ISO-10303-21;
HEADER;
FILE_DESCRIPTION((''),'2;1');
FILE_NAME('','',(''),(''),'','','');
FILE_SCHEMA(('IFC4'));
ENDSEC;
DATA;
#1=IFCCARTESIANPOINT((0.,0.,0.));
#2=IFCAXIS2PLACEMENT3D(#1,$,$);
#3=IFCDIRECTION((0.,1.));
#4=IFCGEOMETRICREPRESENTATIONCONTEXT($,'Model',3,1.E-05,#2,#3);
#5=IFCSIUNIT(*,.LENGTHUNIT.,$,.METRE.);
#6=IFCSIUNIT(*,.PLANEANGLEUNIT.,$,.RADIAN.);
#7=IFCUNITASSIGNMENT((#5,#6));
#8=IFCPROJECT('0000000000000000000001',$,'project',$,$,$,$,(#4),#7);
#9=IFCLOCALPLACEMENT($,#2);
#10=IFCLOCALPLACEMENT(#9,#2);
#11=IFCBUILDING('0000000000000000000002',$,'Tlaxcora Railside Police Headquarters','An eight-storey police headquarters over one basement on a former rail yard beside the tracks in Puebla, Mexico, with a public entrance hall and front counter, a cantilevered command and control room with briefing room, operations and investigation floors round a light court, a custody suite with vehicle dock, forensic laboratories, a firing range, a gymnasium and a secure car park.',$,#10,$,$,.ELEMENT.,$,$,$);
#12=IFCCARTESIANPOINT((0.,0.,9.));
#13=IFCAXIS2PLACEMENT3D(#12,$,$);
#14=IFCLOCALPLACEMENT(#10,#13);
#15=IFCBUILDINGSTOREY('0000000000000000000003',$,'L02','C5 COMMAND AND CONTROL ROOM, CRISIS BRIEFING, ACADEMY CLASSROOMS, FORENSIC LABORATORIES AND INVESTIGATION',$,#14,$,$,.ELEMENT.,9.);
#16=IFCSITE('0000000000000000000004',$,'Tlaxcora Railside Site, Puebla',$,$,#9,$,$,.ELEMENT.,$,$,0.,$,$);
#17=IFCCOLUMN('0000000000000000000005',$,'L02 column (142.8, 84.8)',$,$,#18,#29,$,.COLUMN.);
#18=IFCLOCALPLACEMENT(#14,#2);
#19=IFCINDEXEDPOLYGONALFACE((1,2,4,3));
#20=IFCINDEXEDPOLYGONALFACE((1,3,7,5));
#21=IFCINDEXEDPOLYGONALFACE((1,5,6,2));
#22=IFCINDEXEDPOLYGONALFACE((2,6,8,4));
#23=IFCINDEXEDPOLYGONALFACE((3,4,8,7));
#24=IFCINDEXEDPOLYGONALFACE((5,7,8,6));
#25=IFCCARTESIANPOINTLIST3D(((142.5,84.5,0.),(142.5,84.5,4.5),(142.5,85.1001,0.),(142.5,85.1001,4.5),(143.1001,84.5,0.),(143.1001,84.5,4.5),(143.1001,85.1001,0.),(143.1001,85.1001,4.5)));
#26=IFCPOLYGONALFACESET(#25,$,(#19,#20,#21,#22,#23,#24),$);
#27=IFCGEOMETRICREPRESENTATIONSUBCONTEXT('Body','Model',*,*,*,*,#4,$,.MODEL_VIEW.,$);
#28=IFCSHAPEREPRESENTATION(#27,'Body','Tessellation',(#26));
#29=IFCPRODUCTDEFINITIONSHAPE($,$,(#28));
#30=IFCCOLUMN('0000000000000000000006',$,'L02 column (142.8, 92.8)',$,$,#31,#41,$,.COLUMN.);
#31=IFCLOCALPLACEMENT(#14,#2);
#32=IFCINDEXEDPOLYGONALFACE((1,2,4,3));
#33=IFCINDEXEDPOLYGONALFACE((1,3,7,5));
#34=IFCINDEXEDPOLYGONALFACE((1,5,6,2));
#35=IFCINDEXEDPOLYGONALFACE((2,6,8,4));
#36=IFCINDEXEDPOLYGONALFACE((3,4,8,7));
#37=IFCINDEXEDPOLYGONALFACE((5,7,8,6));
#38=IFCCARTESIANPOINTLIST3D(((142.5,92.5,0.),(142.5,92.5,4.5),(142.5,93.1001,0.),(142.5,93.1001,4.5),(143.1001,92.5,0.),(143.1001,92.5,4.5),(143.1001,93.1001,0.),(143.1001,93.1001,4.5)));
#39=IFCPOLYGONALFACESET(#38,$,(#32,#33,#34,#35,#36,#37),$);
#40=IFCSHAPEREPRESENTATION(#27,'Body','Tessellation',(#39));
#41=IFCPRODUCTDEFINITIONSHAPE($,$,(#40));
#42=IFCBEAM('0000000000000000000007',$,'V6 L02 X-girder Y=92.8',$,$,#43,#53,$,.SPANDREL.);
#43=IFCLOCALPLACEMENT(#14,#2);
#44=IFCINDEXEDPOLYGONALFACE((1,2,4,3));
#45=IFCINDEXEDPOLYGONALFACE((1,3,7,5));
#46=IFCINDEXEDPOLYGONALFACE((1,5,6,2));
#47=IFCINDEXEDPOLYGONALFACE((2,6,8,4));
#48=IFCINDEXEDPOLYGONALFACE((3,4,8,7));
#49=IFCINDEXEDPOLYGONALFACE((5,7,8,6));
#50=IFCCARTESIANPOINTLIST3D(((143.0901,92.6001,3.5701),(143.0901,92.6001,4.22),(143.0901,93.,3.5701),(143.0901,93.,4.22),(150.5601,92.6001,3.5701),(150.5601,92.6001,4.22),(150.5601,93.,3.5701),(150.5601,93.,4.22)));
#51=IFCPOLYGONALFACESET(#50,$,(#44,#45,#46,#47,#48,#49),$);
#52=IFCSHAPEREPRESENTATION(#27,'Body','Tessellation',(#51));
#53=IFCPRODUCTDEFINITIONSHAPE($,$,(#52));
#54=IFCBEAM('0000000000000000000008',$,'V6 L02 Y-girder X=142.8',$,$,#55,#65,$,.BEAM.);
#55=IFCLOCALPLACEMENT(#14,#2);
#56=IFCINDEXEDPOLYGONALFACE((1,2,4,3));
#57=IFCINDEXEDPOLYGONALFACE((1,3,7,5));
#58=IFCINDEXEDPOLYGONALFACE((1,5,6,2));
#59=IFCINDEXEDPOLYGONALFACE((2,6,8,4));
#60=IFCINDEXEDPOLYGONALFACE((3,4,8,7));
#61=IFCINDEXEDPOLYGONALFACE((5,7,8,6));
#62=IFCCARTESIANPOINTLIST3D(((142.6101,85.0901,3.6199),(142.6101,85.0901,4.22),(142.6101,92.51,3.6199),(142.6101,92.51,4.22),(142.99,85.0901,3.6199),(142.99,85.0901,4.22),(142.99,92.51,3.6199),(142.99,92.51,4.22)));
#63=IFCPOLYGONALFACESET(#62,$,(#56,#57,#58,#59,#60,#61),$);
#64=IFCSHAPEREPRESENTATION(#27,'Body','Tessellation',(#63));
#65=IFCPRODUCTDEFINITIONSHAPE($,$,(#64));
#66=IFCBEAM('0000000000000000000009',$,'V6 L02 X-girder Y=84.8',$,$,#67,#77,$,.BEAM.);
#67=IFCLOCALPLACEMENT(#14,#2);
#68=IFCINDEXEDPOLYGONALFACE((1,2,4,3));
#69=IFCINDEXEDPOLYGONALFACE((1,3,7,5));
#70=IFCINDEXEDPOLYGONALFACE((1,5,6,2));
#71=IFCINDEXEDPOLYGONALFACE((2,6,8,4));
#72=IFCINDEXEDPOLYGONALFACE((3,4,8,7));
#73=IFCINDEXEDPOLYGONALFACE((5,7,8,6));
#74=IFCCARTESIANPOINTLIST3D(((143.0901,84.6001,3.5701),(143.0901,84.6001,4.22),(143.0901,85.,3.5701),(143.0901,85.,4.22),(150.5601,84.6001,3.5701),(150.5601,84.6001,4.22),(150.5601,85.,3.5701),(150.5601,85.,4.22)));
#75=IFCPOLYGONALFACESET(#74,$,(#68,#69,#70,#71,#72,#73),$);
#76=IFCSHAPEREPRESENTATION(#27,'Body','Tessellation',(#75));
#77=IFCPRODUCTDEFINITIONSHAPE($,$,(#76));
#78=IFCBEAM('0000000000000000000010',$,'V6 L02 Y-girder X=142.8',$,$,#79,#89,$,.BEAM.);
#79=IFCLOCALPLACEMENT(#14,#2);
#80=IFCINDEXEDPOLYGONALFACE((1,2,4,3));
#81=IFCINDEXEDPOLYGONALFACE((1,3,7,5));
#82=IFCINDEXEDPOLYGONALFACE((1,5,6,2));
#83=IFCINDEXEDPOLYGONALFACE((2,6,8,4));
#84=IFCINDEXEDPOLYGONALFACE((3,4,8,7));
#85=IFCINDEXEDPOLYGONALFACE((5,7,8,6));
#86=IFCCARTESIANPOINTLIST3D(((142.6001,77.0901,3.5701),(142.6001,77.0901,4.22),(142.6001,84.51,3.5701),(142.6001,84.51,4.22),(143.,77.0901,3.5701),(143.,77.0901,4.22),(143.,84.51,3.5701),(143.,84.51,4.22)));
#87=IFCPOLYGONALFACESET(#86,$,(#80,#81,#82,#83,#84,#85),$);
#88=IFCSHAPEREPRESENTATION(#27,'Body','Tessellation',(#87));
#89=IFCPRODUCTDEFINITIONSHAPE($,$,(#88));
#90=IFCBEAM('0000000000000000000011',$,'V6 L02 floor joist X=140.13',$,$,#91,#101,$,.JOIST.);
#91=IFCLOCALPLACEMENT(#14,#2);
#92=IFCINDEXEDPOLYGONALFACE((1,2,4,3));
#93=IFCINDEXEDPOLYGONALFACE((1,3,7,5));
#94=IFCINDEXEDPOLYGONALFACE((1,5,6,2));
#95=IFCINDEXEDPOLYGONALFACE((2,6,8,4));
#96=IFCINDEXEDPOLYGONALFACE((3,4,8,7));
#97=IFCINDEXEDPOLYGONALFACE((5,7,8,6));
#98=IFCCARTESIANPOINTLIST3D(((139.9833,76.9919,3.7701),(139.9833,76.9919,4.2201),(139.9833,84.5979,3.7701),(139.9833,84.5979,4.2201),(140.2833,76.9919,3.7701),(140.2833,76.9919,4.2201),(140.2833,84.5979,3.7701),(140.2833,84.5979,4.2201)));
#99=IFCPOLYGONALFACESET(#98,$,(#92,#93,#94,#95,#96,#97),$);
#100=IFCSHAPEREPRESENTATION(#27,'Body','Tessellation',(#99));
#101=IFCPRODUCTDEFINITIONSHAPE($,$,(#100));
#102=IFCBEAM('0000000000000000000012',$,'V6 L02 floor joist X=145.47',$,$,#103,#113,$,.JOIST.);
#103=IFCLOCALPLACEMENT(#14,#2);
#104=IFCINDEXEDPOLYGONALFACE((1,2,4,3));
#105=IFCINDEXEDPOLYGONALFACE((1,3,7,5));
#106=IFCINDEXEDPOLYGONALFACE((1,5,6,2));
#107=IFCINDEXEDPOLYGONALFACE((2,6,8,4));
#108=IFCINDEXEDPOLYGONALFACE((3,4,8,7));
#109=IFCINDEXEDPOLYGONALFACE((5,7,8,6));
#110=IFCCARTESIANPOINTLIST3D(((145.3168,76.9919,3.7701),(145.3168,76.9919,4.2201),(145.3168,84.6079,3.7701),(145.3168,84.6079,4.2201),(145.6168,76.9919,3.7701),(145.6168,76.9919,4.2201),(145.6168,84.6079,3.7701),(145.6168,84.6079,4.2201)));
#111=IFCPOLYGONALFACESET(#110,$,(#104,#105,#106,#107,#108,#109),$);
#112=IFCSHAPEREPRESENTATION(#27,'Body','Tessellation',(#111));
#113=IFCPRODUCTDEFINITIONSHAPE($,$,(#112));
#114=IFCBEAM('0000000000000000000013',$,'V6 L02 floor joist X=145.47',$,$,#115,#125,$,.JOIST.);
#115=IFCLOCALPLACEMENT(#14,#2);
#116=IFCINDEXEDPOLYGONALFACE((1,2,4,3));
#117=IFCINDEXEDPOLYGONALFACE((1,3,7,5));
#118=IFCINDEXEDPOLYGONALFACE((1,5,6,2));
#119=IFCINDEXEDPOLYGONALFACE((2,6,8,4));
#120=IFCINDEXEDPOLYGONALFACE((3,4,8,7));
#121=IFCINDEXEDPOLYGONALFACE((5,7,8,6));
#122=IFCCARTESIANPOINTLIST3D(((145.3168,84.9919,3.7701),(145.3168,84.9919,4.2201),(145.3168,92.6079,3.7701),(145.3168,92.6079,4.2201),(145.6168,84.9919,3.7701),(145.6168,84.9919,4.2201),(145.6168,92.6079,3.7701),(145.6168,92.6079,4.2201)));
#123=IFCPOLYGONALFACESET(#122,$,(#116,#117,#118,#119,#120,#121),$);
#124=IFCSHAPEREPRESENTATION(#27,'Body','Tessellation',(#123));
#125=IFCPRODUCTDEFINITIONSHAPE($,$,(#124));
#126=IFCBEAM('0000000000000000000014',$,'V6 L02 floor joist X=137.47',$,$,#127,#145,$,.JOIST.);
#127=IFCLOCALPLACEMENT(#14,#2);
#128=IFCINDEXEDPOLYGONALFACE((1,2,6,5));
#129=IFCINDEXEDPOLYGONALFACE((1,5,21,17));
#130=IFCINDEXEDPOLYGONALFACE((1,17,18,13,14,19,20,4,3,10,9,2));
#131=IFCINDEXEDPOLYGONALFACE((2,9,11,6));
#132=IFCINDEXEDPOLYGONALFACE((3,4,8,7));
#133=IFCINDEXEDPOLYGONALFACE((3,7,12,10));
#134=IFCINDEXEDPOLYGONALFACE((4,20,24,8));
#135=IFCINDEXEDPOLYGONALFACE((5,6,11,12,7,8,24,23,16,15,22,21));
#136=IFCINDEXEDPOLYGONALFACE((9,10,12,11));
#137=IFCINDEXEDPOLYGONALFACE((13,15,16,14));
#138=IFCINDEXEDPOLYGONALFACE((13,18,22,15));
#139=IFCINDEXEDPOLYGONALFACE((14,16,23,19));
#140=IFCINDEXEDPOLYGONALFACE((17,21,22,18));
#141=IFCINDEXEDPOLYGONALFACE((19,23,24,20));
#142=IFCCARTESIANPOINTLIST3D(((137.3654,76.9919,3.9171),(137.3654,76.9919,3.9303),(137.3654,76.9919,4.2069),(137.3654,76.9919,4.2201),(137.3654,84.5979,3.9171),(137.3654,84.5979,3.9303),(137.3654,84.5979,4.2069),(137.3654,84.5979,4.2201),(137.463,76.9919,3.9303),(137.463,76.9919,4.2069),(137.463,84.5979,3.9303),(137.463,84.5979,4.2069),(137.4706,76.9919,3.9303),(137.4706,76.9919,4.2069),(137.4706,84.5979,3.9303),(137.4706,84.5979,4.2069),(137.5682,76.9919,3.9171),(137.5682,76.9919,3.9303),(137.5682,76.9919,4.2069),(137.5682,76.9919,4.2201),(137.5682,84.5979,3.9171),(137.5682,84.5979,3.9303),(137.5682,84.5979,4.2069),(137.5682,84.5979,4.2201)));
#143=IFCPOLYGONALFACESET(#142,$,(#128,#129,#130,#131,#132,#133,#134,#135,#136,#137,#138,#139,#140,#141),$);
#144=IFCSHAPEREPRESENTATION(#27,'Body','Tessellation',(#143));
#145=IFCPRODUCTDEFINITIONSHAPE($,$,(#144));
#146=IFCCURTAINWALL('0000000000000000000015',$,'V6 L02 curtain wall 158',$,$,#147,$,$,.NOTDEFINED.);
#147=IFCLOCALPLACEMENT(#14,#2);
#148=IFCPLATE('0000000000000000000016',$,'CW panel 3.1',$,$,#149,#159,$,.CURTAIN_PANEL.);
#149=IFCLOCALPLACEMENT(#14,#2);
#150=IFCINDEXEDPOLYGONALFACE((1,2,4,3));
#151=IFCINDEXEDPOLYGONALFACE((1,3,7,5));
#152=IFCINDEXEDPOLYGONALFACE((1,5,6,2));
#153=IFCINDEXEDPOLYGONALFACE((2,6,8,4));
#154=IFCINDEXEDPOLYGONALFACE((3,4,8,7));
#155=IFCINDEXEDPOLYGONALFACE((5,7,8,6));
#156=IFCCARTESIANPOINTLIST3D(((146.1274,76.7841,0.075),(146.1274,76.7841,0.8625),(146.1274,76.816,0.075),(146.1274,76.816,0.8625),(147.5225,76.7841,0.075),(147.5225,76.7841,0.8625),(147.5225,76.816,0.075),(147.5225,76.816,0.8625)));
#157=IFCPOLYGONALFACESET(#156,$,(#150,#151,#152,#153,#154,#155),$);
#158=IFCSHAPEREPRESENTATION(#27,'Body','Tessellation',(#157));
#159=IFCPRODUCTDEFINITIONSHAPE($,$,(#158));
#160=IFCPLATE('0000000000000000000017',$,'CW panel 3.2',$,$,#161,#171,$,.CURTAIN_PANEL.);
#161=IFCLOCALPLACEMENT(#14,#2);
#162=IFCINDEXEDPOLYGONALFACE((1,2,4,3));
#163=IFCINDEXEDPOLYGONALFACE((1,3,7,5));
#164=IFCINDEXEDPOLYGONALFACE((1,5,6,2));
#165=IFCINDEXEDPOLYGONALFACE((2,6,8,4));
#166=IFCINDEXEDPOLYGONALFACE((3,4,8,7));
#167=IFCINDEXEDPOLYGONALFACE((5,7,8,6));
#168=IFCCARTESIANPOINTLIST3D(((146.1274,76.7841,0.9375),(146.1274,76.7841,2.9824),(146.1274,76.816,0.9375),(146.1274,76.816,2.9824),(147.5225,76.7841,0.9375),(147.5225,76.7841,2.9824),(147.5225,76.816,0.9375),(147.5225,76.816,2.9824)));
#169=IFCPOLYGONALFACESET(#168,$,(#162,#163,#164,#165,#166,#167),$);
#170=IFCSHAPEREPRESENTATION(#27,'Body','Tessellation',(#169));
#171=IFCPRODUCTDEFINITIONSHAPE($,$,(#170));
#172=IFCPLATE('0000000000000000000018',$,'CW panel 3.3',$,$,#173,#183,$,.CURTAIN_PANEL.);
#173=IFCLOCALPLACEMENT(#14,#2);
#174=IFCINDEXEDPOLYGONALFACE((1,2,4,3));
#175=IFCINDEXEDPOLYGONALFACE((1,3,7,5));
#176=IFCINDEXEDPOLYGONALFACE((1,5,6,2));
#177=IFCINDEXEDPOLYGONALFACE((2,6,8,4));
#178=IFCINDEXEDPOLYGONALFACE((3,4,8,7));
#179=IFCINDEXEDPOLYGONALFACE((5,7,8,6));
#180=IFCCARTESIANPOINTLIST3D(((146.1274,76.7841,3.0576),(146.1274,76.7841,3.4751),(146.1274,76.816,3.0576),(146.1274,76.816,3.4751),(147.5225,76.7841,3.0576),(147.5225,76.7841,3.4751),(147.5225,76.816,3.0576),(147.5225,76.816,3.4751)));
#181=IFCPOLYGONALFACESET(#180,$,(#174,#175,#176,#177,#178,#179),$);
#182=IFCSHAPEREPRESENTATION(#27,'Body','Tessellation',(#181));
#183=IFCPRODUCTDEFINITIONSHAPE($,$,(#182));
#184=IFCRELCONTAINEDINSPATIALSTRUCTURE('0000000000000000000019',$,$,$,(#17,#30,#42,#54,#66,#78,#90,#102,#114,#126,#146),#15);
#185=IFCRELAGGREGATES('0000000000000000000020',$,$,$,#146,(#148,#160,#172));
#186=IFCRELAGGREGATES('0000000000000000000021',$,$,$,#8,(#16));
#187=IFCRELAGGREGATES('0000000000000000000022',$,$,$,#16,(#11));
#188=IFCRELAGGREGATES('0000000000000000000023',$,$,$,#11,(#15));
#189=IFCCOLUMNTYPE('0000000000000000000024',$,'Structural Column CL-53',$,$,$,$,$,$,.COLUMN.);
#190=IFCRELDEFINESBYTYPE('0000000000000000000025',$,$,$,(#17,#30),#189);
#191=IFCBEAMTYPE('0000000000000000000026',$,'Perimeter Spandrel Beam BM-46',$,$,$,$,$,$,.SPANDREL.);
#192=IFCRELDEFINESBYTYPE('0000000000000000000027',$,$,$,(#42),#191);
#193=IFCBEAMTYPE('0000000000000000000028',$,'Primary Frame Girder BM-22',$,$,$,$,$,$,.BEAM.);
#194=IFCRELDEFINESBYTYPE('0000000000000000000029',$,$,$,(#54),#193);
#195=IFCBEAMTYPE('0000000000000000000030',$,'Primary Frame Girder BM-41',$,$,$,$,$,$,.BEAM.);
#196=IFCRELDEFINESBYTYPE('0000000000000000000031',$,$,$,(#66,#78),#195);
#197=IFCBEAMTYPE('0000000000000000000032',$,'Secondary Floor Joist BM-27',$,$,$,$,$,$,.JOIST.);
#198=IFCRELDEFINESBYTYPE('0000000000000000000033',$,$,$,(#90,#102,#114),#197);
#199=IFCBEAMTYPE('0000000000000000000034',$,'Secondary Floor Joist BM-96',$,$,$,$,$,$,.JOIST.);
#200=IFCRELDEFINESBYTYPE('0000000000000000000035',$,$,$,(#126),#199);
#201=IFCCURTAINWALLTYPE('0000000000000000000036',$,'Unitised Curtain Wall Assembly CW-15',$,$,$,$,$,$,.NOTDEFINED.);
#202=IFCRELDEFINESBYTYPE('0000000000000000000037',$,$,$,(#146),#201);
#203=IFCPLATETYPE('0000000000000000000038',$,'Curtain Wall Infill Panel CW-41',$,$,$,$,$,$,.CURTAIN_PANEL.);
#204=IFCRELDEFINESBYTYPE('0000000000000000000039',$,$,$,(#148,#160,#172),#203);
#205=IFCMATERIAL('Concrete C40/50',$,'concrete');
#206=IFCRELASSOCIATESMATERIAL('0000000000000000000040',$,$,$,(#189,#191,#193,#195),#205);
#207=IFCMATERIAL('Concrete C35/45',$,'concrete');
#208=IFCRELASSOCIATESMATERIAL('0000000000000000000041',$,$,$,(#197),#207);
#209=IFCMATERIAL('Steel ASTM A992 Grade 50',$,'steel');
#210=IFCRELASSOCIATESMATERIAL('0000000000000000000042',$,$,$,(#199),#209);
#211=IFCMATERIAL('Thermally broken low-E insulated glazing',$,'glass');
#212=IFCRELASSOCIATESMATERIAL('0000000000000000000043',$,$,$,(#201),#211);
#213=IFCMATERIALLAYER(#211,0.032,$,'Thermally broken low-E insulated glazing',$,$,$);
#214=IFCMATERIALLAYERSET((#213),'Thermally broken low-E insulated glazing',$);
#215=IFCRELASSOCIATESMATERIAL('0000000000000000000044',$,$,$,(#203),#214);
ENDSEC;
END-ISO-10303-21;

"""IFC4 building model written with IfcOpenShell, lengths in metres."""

from ifc_helpers import new_model, si_unit, direction, frame, origin, origin_2d, place, context, subcontext, project, spatial, rectangle, i_section, extrude, material, layer, layer_set, material_profile, profile_set, type_object, element, aggregate, save


model = new_model("IFC4")

# Units and contexts
model_context = context("Model", 3, precision=1e-05, world=origin(), true_north=direction((0.0, 1.0)))
body_context = subcontext(model_context, "Body", "Model", "MODEL_VIEW")
ifc_project = project(units=[si_unit("LENGTHUNIT", "METRE"), si_unit("PLANEANGLEUNIT", "RADIAN")], contexts=[model_context])

# Site, building, storey
site_placement = place(None, origin())
site = spatial("IfcSite", under=ifc_project, at=site_placement, Name="Tlaxcora Railside Site, Puebla", CompositionType="ELEMENT", RefElevation=0.0)
building_placement = place(site_placement, origin())
building = spatial("IfcBuilding", under=site, at=building_placement, Name="Tlaxcora Railside Police Headquarters", Description="An eight-storey police headquarters over one basement on a former rail yard beside the tracks in Puebla, Mexico, with a public entrance hall and front counter, a cantilevered command and control room with briefing room, operations and investigation floors round a light court, a custody suite with vehicle dock, forensic laboratories, a firing range, a gymnasium and a secure car park.", CompositionType="ELEMENT")
storey_placement = place(building_placement, frame((0.0, 0.0, 9.0)))
storey = spatial("IfcBuildingStorey", under=building, at=storey_placement, Name="L02", Description="C5 COMMAND AND CONTROL ROOM, CRISIS BRIEFING, ACADEMY CLASSROOMS, FORENSIC LABORATORIES AND INVESTIGATION", CompositionType="ELEMENT", Elevation=9.0)

# Columns
ifc_material_1 = material(Name="Concrete C40/50", Category="concrete")
ifc_material_profile_1 = material_profile(ifc_material_1, rectangle(XDim=0.6001, YDim=0.6001, at=origin_2d()), Name="RC600X600")
ifc_profile_set_1 = profile_set([ifc_material_profile_1], Name="Concrete C40/50")
column_type = type_object("IfcColumnType", Name="Structural Column CL-53", PredefinedType="COLUMN", material=ifc_profile_set_1)
for number, where, z_axis, x_axis, name in (
    (1, (142.8, 84.8, 0.0), (0.0, 0.0, 1.0), (1.0, 0.0, 0.0), "L02 column (142.8, 84.8)"),
    (2, (142.8, 92.8, 0.0), (0.0, 0.0, 1.0), (1.0, 0.0, 0.0), "L02 column (142.8, 92.8)"),
):
    element("IfcColumn", number, at=place(storey_placement, frame(where, z_axis=z_axis, x_axis=x_axis)), inside=storey, type_object=column_type, Name=name, PredefinedType="COLUMN", context=body_context, shape_type="SweptSolid", body=[
        extrude(rectangle(XDim=0.6001, YDim=0.6001, at=origin_2d()), origin(), (0.0, 0.0, 1.0), 4.5),
    ])

# Beams
ifc_material_profile_2 = material_profile(ifc_material_1, rectangle(XDim=0.3999, YDim=0.6499, at=origin_2d()), Name="RC400X650")
ifc_profile_set_2 = profile_set([ifc_material_profile_2], Name="Concrete C40/50")
beam_type_1 = type_object("IfcBeamType", Name="Perimeter Spandrel Beam BM-46", PredefinedType="SPANDREL", material=ifc_profile_set_2)
beam_1_placement = place(storey_placement, frame((143.0901, 92.8, 3.895), z_axis=(1.0, 0.0, 0.0), x_axis=(0.0, 1.0, 0.0)))
element("IfcBeam", 3, at=beam_1_placement, inside=storey, type_object=beam_type_1, Name="V6 L02 X-girder Y=92.8", PredefinedType="SPANDREL", context=body_context, shape_type="SweptSolid", body=[
    extrude(rectangle(XDim=0.3999, YDim=0.6499, at=origin_2d()), origin(), (0.0, 0.0, 1.0), 7.47),
])
ifc_material_profile_3 = material_profile(ifc_material_1, rectangle(XDim=0.3799, YDim=0.6001, at=origin_2d()), Name="RC380X600")
ifc_profile_set_3 = profile_set([ifc_material_profile_3], Name="Concrete C40/50")
beam_type_2 = type_object("IfcBeamType", Name="Primary Frame Girder BM-22", PredefinedType="BEAM", material=ifc_profile_set_3)
beam_2_placement = place(storey_placement, frame((142.8, 85.0901, 3.9199), z_axis=(0.0, 1.0, 0.0), x_axis=(-1.0, 0.0, 0.0)))
element("IfcBeam", 4, at=beam_2_placement, inside=storey, type_object=beam_type_2, Name="V6 L02 Y-girder X=142.8", PredefinedType="BEAM", context=body_context, shape_type="SweptSolid", body=[
    extrude(rectangle(XDim=0.3799, YDim=0.6001, at=origin_2d()), origin(), (0.0, 0.0, 1.0), 7.4199),
])
ifc_material_profile_4 = material_profile(ifc_material_1, rectangle(XDim=0.3999, YDim=0.6499, at=origin_2d()), Name="RC400X650")
ifc_profile_set_4 = profile_set([ifc_material_profile_4], Name="Concrete C40/50")
beam_type_3 = type_object("IfcBeamType", Name="Primary Frame Girder BM-41", PredefinedType="BEAM", material=ifc_profile_set_4)
beam_3_placement = place(storey_placement, frame((143.0901, 84.8, 3.895), z_axis=(1.0, 0.0, 0.0), x_axis=(0.0, 1.0, 0.0)))
element("IfcBeam", 5, at=beam_3_placement, inside=storey, type_object=beam_type_3, Name="V6 L02 X-girder Y=84.8", PredefinedType="BEAM", context=body_context, shape_type="SweptSolid", body=[
    extrude(rectangle(XDim=0.3999, YDim=0.6499, at=origin_2d()), origin(), (0.0, 0.0, 1.0), 7.47),
])
beam_4_placement = place(storey_placement, frame((142.8, 77.0901, 3.895), z_axis=(0.0, 1.0, 0.0), x_axis=(-1.0, 0.0, 0.0)))
element("IfcBeam", 6, at=beam_4_placement, inside=storey, type_object=beam_type_3, Name="V6 L02 Y-girder X=142.8", PredefinedType="BEAM", context=body_context, shape_type="SweptSolid", body=[
    extrude(rectangle(XDim=0.3999, YDim=0.6499, at=origin_2d()), origin(), (0.0, 0.0, 1.0), 7.4199),
])
ifc_material_2 = material(Name="Concrete C35/45", Category="concrete")
ifc_material_profile_5 = material_profile(ifc_material_2, rectangle(XDim=0.3, YDim=0.45, at=origin_2d()), Name="RC300X450")
ifc_profile_set_5 = profile_set([ifc_material_profile_5], Name="Concrete C35/45")
beam_type_4 = type_object("IfcBeamType", Name="Secondary Floor Joist BM-27", PredefinedType="JOIST", material=ifc_profile_set_5)
beam_5_placement = place(storey_placement, frame((140.1333, 76.9919, 3.9951), z_axis=(0.0, 1.0, 0.0), x_axis=(-1.0, 0.0, 0.0)))
element("IfcBeam", 7, at=beam_5_placement, inside=storey, type_object=beam_type_4, Name="V6 L02 floor joist X=140.13", PredefinedType="JOIST", context=body_context, shape_type="SweptSolid", body=[
    extrude(rectangle(XDim=0.3, YDim=0.45, at=origin_2d()), origin(), (0.0, 0.0, 1.0), 7.606),
])
for number, where, z_axis, x_axis, name in (
    (8, (145.4668, 76.9919, 3.9951), (0.0, 1.0, 0.0), (-1.0, 0.0, 0.0), "V6 L02 floor joist X=145.47"),
    (9, (145.4668, 84.9919, 3.9951), (0.0, 1.0, 0.0), (-1.0, 0.0, 0.0), "V6 L02 floor joist X=145.47"),
):
    element("IfcBeam", number, at=place(storey_placement, frame(where, z_axis=z_axis, x_axis=x_axis)), inside=storey, type_object=beam_type_4, Name=name, PredefinedType="JOIST", context=body_context, shape_type="SweptSolid", body=[
        extrude(rectangle(XDim=0.3, YDim=0.45, at=origin_2d()), origin(), (0.0, 0.0, 1.0), 7.616),
    ])
ifc_material_3 = material(Name="Steel ASTM A992 Grade 50", Category="steel")
ifc_material_profile_6 = material_profile(ifc_material_3, i_section(OverallWidth=0.2029, OverallDepth=0.303, WebThickness=0.0076, FlangeThickness=0.0132, at=origin_2d()), Name="W12X40")
ifc_profile_set_6 = profile_set([ifc_material_profile_6], Name="Steel ASTM A992 Grade 50")
beam_type_5 = type_object("IfcBeamType", Name="Secondary Floor Joist BM-96", PredefinedType="JOIST", material=ifc_profile_set_6)
beam_6_placement = place(storey_placement, frame((137.4668, 76.9919, 4.0686), z_axis=(0.0, 1.0, 0.0), x_axis=(-1.0, 0.0, 0.0)))
element("IfcBeam", 10, at=beam_6_placement, inside=storey, type_object=beam_type_5, Name="V6 L02 floor joist X=137.47", PredefinedType="JOIST", context=body_context, shape_type="SweptSolid", body=[
    extrude(i_section(OverallWidth=0.2029, OverallDepth=0.303, WebThickness=0.0076, FlangeThickness=0.0132, at=origin_2d()), origin(), (0.0, 0.0, 1.0), 7.606),
])

# Curtain wall, plates
ifc_material_4 = material(Name="Thermally broken low-E insulated glazing", Category="glass")
curtain_wall_type = type_object("IfcCurtainWallType", Name="Unitised Curtain Wall Assembly CW-15", PredefinedType="NOTDEFINED", material=ifc_material_4)
curtain_wall_placement = place(storey_placement, origin())
curtain_wall = element("IfcCurtainWall", 11, at=curtain_wall_placement, inside=storey, type_object=curtain_wall_type, Name="V6 L02 curtain wall 158", PredefinedType="NOTDEFINED")
ifc_layer_1 = layer(ifc_material_4, 0.032, Name="Thermally broken low-E insulated glazing")
ifc_layer_set_1 = layer_set([ifc_layer_1], Name="Thermally broken low-E insulated glazing")
plate_type = type_object("IfcPlateType", Name="Curtain Wall Infill Panel CW-41", PredefinedType="CURTAIN_PANEL", material=ifc_layer_set_1)
plate_1_placement = place(storey_placement, frame((146.825, 76.8, 0.075), z_axis=(0.0, 0.0, 1.0), x_axis=(1.0, 0.0, 0.0)))
plate_1 = element("IfcPlate", 12, at=plate_1_placement, type_object=plate_type, Name="CW panel 3.1", PredefinedType="CURTAIN_PANEL", context=body_context, shape_type="SweptSolid", body=[
    extrude(rectangle(XDim=1.395, YDim=0.032, at=origin_2d()), origin(), (0.0, 0.0, 1.0), 0.7876),
])
plate_2_placement = place(storey_placement, frame((146.825, 76.8, 0.9375), z_axis=(0.0, 0.0, 1.0), x_axis=(1.0, 0.0, 0.0)))
plate_2 = element("IfcPlate", 13, at=plate_2_placement, type_object=plate_type, Name="CW panel 3.2", PredefinedType="CURTAIN_PANEL", context=body_context, shape_type="SweptSolid", body=[
    extrude(rectangle(XDim=1.395, YDim=0.032, at=origin_2d()), origin(), (0.0, 0.0, 1.0), 2.0449),
])
plate_3_placement = place(storey_placement, frame((146.825, 76.8, 3.0576), z_axis=(0.0, 0.0, 1.0), x_axis=(1.0, 0.0, 0.0)))
plate_3 = element("IfcPlate", 14, at=plate_3_placement, type_object=plate_type, Name="CW panel 3.3", PredefinedType="CURTAIN_PANEL", context=body_context, shape_type="SweptSolid", body=[
    extrude(rectangle(XDim=1.395, YDim=0.032, at=origin_2d()), origin(), (0.0, 0.0, 1.0), 0.4175),
])
aggregate(curtain_wall, [plate_1, plate_2, plate_3])

save(model, "model.ifc")
